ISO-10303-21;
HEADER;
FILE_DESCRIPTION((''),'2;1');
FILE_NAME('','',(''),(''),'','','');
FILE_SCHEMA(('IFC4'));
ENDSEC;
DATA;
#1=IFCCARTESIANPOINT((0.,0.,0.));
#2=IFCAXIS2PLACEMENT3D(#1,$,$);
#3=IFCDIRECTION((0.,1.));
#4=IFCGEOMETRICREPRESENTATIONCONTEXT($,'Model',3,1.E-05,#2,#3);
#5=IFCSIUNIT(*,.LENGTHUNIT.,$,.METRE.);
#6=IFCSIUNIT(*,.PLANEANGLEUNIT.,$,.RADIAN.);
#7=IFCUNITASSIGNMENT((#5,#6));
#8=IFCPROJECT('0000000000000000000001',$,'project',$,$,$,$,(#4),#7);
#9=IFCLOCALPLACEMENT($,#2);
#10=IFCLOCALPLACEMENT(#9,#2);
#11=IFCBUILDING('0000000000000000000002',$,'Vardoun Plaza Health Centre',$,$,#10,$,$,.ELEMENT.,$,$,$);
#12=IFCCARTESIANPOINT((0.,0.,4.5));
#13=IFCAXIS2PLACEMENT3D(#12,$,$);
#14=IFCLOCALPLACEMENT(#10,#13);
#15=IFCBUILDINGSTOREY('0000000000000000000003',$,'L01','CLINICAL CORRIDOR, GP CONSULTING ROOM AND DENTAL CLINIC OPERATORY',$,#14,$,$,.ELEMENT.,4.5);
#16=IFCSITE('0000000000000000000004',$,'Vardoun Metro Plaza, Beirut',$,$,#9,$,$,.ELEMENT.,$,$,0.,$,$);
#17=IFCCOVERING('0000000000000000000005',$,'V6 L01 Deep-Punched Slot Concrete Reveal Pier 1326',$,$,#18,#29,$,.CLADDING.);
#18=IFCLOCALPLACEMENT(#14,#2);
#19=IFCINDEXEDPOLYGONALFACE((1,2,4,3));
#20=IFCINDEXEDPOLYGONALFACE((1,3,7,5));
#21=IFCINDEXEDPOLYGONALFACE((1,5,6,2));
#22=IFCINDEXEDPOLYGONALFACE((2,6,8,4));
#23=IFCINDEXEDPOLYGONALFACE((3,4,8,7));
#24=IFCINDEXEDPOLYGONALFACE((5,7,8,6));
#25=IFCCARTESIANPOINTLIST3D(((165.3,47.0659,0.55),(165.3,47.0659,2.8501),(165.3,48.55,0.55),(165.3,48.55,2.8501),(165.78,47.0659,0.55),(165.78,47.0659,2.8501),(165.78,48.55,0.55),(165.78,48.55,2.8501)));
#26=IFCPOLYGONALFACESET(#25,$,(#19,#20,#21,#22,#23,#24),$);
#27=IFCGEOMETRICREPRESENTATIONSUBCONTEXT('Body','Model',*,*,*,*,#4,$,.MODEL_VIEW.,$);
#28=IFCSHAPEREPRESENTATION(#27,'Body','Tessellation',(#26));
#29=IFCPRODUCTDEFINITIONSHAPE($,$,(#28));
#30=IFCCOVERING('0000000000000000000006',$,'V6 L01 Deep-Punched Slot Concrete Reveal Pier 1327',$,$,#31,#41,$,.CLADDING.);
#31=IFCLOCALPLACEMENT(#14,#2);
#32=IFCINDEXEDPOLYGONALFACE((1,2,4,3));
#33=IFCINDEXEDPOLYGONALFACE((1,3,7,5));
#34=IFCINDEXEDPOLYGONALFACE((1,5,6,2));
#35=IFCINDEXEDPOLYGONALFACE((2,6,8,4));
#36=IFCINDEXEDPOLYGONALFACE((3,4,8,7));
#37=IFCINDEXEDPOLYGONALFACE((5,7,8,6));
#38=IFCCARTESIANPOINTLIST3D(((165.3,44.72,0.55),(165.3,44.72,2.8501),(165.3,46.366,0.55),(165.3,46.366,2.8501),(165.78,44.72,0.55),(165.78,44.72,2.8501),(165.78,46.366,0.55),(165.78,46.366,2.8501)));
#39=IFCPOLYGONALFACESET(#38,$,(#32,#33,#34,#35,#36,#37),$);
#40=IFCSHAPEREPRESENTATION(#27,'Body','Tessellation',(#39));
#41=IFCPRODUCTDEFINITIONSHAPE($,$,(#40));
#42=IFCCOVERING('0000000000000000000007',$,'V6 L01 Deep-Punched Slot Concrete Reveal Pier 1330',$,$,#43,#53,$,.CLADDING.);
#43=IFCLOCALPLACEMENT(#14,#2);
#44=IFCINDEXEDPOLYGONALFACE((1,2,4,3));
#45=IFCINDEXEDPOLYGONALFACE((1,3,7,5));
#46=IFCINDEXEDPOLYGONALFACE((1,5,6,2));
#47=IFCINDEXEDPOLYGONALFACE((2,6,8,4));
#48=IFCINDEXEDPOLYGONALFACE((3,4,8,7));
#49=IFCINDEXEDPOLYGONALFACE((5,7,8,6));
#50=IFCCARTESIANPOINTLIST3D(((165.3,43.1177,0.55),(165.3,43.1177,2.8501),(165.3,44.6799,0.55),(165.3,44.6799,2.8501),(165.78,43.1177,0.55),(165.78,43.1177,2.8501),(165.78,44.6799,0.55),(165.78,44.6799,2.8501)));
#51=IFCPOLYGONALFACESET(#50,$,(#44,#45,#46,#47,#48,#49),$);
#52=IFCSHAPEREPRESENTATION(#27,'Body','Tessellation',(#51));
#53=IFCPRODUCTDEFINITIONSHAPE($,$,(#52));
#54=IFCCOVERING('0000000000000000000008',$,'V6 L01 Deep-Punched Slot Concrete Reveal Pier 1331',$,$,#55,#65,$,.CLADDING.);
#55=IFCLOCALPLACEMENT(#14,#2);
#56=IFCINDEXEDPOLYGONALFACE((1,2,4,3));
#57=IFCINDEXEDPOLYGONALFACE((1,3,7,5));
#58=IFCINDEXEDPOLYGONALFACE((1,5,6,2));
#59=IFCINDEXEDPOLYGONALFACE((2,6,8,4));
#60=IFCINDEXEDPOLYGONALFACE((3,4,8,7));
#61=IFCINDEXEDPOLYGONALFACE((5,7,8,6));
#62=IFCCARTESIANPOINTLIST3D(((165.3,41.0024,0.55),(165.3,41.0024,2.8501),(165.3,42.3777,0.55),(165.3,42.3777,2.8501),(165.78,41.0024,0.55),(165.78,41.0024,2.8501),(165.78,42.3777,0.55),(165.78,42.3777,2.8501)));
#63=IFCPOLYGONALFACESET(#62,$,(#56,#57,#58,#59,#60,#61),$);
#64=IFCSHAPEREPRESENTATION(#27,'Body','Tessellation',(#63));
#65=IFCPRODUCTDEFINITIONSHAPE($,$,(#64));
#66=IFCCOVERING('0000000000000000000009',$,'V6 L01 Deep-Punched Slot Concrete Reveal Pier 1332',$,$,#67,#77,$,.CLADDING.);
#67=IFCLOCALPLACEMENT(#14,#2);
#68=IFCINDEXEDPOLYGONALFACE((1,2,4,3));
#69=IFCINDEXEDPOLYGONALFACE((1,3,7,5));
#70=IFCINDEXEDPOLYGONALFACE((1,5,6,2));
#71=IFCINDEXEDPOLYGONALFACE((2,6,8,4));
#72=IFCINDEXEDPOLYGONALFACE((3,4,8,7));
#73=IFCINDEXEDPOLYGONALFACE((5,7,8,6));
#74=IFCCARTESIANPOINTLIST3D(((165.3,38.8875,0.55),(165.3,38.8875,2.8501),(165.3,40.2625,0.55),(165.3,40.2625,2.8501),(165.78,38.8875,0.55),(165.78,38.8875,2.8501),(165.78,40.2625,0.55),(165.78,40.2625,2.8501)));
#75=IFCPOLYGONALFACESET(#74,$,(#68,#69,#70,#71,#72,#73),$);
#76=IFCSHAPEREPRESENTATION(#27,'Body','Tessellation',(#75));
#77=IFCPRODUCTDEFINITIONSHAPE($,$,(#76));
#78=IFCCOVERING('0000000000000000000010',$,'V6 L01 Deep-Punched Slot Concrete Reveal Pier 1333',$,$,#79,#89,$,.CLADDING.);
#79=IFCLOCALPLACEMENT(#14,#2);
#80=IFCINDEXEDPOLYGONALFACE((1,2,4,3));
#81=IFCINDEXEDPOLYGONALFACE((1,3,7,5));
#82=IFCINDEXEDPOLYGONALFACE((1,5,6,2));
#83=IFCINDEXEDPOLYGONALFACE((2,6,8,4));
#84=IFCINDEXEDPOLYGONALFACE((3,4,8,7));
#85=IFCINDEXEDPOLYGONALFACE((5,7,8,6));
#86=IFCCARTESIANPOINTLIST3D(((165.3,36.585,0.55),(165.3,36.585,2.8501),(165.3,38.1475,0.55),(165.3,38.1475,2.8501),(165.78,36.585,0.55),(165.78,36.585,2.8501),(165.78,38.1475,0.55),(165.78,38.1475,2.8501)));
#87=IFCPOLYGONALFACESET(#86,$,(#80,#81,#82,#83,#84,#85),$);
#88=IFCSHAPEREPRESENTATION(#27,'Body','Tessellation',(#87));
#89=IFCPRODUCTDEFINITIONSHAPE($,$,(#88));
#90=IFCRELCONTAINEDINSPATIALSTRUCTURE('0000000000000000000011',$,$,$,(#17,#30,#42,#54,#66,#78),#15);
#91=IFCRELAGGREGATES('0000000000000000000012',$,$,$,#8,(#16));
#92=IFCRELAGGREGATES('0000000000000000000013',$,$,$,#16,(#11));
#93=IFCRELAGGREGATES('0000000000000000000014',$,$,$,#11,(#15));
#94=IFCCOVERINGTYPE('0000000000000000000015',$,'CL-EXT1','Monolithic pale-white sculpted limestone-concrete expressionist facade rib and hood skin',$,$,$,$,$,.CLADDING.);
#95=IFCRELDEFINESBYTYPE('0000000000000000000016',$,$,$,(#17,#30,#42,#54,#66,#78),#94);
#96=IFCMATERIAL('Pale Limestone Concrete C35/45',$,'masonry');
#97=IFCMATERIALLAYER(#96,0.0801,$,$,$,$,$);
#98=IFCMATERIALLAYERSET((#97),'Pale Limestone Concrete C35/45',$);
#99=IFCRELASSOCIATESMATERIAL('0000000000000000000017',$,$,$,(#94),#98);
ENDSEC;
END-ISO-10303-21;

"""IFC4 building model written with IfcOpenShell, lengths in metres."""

from ifc_helpers import new_model, si_unit, direction, frame, origin, place, context, subcontext, project, spatial, polyline, outline, extrude, material, layer, layer_set, type_object, element, save


model = new_model("IFC4")

# Units and contexts
model_context = context("Model", 3, precision=1e-05, world=origin(), true_north=direction((0.0, 1.0)))
body_context = subcontext(model_context, "Body", "Model", "MODEL_VIEW")
ifc_project = project(units=[si_unit("LENGTHUNIT", "METRE"), si_unit("PLANEANGLEUNIT", "RADIAN")], contexts=[model_context])

# Site, building, storey
site_placement = place(None, origin())
site = spatial("IfcSite", under=ifc_project, at=site_placement, Name="Vardoun Metro Plaza, Beirut", CompositionType="ELEMENT", RefElevation=0.0)
building_placement = place(site_placement, origin())
building = spatial("IfcBuilding", under=site, at=building_placement, Name="Vardoun Plaza Health Centre", CompositionType="ELEMENT")
storey_placement = place(building_placement, frame((0.0, 0.0, 4.5)))
storey = spatial("IfcBuildingStorey", under=building, at=storey_placement, Name="L01", Description="CLINICAL CORRIDOR, GP CONSULTING ROOM AND DENTAL CLINIC OPERATORY", CompositionType="ELEMENT", Elevation=4.5)

# Coverings
ifc_material = material(Name="Pale Limestone Concrete C35/45", Category="masonry")
ifc_layer = layer(ifc_material, 0.0801)
ifc_layer_set = layer_set([ifc_layer], Name="Pale Limestone Concrete C35/45")
covering_type = type_object("IfcCoveringType", Name="CL-EXT1", Description="Monolithic pale-white sculpted limestone-concrete expressionist facade rib and hood skin", PredefinedType="CLADDING", material=ifc_layer_set)
covering_1_placement = place(storey_placement, frame((0.0, 0.0, 0.55)))
element("IfcCovering", 1, at=covering_1_placement, inside=storey, type_object=covering_type, Name="V6 L01 Deep-Punched Slot Concrete Reveal Pier 1326", PredefinedType="CLADDING", context=body_context, shape_type="SweptSolid", body=[
    extrude(outline(polyline([(165.3, 48.55), (165.3, 47.0659), (165.78, 47.0659), (165.78, 48.55), (165.3, 48.55)])), origin(), (0.0, 0.0, 1.0), 2.3),
])
covering_2_placement = place(storey_placement, frame((0.0, 0.0, 0.55)))
element("IfcCovering", 2, at=covering_2_placement, inside=storey, type_object=covering_type, Name="V6 L01 Deep-Punched Slot Concrete Reveal Pier 1327", PredefinedType="CLADDING", context=body_context, shape_type="SweptSolid", body=[
    extrude(outline(polyline([(165.3, 46.366), (165.3, 44.72), (165.78, 44.72), (165.78, 46.366), (165.3, 46.366)])), origin(), (0.0, 0.0, 1.0), 2.3),
])
covering_3_placement = place(storey_placement, frame((0.0, 0.0, 0.55)))
element("IfcCovering", 3, at=covering_3_placement, inside=storey, type_object=covering_type, Name="V6 L01 Deep-Punched Slot Concrete Reveal Pier 1330", PredefinedType="CLADDING", context=body_context, shape_type="SweptSolid", body=[
    extrude(outline(polyline([(165.3, 44.6799), (165.3, 43.1177), (165.78, 43.1177), (165.78, 44.6799), (165.3, 44.6799)])), origin(), (0.0, 0.0, 1.0), 2.3),
])
covering_4_placement = place(storey_placement, frame((0.0, 0.0, 0.55)))
element("IfcCovering", 4, at=covering_4_placement, inside=storey, type_object=covering_type, Name="V6 L01 Deep-Punched Slot Concrete Reveal Pier 1331", PredefinedType="CLADDING", context=body_context, shape_type="SweptSolid", body=[
    extrude(outline(polyline([(165.3, 42.3777), (165.3, 41.0024), (165.78, 41.0024), (165.78, 42.3777), (165.3, 42.3777)])), origin(), (0.0, 0.0, 1.0), 2.3),
])
covering_5_placement = place(storey_placement, frame((0.0, 0.0, 0.55)))
element("IfcCovering", 5, at=covering_5_placement, inside=storey, type_object=covering_type, Name="V6 L01 Deep-Punched Slot Concrete Reveal Pier 1332", PredefinedType="CLADDING", context=body_context, shape_type="SweptSolid", body=[
    extrude(outline(polyline([(165.3, 40.2625), (165.3, 38.8875), (165.78, 38.8875), (165.78, 40.2625), (165.3, 40.2625)])), origin(), (0.0, 0.0, 1.0), 2.3),
])
covering_6_placement = place(storey_placement, frame((0.0, 0.0, 0.55)))
element("IfcCovering", 6, at=covering_6_placement, inside=storey, type_object=covering_type, Name="V6 L01 Deep-Punched Slot Concrete Reveal Pier 1333", PredefinedType="CLADDING", context=body_context, shape_type="SweptSolid", body=[
    extrude(outline(polyline([(165.3, 38.1475), (165.3, 36.585), (165.78, 36.585), (165.78, 38.1475), (165.3, 38.1475)])), origin(), (0.0, 0.0, 1.0), 2.3),
])

save(model, "model.ifc")
